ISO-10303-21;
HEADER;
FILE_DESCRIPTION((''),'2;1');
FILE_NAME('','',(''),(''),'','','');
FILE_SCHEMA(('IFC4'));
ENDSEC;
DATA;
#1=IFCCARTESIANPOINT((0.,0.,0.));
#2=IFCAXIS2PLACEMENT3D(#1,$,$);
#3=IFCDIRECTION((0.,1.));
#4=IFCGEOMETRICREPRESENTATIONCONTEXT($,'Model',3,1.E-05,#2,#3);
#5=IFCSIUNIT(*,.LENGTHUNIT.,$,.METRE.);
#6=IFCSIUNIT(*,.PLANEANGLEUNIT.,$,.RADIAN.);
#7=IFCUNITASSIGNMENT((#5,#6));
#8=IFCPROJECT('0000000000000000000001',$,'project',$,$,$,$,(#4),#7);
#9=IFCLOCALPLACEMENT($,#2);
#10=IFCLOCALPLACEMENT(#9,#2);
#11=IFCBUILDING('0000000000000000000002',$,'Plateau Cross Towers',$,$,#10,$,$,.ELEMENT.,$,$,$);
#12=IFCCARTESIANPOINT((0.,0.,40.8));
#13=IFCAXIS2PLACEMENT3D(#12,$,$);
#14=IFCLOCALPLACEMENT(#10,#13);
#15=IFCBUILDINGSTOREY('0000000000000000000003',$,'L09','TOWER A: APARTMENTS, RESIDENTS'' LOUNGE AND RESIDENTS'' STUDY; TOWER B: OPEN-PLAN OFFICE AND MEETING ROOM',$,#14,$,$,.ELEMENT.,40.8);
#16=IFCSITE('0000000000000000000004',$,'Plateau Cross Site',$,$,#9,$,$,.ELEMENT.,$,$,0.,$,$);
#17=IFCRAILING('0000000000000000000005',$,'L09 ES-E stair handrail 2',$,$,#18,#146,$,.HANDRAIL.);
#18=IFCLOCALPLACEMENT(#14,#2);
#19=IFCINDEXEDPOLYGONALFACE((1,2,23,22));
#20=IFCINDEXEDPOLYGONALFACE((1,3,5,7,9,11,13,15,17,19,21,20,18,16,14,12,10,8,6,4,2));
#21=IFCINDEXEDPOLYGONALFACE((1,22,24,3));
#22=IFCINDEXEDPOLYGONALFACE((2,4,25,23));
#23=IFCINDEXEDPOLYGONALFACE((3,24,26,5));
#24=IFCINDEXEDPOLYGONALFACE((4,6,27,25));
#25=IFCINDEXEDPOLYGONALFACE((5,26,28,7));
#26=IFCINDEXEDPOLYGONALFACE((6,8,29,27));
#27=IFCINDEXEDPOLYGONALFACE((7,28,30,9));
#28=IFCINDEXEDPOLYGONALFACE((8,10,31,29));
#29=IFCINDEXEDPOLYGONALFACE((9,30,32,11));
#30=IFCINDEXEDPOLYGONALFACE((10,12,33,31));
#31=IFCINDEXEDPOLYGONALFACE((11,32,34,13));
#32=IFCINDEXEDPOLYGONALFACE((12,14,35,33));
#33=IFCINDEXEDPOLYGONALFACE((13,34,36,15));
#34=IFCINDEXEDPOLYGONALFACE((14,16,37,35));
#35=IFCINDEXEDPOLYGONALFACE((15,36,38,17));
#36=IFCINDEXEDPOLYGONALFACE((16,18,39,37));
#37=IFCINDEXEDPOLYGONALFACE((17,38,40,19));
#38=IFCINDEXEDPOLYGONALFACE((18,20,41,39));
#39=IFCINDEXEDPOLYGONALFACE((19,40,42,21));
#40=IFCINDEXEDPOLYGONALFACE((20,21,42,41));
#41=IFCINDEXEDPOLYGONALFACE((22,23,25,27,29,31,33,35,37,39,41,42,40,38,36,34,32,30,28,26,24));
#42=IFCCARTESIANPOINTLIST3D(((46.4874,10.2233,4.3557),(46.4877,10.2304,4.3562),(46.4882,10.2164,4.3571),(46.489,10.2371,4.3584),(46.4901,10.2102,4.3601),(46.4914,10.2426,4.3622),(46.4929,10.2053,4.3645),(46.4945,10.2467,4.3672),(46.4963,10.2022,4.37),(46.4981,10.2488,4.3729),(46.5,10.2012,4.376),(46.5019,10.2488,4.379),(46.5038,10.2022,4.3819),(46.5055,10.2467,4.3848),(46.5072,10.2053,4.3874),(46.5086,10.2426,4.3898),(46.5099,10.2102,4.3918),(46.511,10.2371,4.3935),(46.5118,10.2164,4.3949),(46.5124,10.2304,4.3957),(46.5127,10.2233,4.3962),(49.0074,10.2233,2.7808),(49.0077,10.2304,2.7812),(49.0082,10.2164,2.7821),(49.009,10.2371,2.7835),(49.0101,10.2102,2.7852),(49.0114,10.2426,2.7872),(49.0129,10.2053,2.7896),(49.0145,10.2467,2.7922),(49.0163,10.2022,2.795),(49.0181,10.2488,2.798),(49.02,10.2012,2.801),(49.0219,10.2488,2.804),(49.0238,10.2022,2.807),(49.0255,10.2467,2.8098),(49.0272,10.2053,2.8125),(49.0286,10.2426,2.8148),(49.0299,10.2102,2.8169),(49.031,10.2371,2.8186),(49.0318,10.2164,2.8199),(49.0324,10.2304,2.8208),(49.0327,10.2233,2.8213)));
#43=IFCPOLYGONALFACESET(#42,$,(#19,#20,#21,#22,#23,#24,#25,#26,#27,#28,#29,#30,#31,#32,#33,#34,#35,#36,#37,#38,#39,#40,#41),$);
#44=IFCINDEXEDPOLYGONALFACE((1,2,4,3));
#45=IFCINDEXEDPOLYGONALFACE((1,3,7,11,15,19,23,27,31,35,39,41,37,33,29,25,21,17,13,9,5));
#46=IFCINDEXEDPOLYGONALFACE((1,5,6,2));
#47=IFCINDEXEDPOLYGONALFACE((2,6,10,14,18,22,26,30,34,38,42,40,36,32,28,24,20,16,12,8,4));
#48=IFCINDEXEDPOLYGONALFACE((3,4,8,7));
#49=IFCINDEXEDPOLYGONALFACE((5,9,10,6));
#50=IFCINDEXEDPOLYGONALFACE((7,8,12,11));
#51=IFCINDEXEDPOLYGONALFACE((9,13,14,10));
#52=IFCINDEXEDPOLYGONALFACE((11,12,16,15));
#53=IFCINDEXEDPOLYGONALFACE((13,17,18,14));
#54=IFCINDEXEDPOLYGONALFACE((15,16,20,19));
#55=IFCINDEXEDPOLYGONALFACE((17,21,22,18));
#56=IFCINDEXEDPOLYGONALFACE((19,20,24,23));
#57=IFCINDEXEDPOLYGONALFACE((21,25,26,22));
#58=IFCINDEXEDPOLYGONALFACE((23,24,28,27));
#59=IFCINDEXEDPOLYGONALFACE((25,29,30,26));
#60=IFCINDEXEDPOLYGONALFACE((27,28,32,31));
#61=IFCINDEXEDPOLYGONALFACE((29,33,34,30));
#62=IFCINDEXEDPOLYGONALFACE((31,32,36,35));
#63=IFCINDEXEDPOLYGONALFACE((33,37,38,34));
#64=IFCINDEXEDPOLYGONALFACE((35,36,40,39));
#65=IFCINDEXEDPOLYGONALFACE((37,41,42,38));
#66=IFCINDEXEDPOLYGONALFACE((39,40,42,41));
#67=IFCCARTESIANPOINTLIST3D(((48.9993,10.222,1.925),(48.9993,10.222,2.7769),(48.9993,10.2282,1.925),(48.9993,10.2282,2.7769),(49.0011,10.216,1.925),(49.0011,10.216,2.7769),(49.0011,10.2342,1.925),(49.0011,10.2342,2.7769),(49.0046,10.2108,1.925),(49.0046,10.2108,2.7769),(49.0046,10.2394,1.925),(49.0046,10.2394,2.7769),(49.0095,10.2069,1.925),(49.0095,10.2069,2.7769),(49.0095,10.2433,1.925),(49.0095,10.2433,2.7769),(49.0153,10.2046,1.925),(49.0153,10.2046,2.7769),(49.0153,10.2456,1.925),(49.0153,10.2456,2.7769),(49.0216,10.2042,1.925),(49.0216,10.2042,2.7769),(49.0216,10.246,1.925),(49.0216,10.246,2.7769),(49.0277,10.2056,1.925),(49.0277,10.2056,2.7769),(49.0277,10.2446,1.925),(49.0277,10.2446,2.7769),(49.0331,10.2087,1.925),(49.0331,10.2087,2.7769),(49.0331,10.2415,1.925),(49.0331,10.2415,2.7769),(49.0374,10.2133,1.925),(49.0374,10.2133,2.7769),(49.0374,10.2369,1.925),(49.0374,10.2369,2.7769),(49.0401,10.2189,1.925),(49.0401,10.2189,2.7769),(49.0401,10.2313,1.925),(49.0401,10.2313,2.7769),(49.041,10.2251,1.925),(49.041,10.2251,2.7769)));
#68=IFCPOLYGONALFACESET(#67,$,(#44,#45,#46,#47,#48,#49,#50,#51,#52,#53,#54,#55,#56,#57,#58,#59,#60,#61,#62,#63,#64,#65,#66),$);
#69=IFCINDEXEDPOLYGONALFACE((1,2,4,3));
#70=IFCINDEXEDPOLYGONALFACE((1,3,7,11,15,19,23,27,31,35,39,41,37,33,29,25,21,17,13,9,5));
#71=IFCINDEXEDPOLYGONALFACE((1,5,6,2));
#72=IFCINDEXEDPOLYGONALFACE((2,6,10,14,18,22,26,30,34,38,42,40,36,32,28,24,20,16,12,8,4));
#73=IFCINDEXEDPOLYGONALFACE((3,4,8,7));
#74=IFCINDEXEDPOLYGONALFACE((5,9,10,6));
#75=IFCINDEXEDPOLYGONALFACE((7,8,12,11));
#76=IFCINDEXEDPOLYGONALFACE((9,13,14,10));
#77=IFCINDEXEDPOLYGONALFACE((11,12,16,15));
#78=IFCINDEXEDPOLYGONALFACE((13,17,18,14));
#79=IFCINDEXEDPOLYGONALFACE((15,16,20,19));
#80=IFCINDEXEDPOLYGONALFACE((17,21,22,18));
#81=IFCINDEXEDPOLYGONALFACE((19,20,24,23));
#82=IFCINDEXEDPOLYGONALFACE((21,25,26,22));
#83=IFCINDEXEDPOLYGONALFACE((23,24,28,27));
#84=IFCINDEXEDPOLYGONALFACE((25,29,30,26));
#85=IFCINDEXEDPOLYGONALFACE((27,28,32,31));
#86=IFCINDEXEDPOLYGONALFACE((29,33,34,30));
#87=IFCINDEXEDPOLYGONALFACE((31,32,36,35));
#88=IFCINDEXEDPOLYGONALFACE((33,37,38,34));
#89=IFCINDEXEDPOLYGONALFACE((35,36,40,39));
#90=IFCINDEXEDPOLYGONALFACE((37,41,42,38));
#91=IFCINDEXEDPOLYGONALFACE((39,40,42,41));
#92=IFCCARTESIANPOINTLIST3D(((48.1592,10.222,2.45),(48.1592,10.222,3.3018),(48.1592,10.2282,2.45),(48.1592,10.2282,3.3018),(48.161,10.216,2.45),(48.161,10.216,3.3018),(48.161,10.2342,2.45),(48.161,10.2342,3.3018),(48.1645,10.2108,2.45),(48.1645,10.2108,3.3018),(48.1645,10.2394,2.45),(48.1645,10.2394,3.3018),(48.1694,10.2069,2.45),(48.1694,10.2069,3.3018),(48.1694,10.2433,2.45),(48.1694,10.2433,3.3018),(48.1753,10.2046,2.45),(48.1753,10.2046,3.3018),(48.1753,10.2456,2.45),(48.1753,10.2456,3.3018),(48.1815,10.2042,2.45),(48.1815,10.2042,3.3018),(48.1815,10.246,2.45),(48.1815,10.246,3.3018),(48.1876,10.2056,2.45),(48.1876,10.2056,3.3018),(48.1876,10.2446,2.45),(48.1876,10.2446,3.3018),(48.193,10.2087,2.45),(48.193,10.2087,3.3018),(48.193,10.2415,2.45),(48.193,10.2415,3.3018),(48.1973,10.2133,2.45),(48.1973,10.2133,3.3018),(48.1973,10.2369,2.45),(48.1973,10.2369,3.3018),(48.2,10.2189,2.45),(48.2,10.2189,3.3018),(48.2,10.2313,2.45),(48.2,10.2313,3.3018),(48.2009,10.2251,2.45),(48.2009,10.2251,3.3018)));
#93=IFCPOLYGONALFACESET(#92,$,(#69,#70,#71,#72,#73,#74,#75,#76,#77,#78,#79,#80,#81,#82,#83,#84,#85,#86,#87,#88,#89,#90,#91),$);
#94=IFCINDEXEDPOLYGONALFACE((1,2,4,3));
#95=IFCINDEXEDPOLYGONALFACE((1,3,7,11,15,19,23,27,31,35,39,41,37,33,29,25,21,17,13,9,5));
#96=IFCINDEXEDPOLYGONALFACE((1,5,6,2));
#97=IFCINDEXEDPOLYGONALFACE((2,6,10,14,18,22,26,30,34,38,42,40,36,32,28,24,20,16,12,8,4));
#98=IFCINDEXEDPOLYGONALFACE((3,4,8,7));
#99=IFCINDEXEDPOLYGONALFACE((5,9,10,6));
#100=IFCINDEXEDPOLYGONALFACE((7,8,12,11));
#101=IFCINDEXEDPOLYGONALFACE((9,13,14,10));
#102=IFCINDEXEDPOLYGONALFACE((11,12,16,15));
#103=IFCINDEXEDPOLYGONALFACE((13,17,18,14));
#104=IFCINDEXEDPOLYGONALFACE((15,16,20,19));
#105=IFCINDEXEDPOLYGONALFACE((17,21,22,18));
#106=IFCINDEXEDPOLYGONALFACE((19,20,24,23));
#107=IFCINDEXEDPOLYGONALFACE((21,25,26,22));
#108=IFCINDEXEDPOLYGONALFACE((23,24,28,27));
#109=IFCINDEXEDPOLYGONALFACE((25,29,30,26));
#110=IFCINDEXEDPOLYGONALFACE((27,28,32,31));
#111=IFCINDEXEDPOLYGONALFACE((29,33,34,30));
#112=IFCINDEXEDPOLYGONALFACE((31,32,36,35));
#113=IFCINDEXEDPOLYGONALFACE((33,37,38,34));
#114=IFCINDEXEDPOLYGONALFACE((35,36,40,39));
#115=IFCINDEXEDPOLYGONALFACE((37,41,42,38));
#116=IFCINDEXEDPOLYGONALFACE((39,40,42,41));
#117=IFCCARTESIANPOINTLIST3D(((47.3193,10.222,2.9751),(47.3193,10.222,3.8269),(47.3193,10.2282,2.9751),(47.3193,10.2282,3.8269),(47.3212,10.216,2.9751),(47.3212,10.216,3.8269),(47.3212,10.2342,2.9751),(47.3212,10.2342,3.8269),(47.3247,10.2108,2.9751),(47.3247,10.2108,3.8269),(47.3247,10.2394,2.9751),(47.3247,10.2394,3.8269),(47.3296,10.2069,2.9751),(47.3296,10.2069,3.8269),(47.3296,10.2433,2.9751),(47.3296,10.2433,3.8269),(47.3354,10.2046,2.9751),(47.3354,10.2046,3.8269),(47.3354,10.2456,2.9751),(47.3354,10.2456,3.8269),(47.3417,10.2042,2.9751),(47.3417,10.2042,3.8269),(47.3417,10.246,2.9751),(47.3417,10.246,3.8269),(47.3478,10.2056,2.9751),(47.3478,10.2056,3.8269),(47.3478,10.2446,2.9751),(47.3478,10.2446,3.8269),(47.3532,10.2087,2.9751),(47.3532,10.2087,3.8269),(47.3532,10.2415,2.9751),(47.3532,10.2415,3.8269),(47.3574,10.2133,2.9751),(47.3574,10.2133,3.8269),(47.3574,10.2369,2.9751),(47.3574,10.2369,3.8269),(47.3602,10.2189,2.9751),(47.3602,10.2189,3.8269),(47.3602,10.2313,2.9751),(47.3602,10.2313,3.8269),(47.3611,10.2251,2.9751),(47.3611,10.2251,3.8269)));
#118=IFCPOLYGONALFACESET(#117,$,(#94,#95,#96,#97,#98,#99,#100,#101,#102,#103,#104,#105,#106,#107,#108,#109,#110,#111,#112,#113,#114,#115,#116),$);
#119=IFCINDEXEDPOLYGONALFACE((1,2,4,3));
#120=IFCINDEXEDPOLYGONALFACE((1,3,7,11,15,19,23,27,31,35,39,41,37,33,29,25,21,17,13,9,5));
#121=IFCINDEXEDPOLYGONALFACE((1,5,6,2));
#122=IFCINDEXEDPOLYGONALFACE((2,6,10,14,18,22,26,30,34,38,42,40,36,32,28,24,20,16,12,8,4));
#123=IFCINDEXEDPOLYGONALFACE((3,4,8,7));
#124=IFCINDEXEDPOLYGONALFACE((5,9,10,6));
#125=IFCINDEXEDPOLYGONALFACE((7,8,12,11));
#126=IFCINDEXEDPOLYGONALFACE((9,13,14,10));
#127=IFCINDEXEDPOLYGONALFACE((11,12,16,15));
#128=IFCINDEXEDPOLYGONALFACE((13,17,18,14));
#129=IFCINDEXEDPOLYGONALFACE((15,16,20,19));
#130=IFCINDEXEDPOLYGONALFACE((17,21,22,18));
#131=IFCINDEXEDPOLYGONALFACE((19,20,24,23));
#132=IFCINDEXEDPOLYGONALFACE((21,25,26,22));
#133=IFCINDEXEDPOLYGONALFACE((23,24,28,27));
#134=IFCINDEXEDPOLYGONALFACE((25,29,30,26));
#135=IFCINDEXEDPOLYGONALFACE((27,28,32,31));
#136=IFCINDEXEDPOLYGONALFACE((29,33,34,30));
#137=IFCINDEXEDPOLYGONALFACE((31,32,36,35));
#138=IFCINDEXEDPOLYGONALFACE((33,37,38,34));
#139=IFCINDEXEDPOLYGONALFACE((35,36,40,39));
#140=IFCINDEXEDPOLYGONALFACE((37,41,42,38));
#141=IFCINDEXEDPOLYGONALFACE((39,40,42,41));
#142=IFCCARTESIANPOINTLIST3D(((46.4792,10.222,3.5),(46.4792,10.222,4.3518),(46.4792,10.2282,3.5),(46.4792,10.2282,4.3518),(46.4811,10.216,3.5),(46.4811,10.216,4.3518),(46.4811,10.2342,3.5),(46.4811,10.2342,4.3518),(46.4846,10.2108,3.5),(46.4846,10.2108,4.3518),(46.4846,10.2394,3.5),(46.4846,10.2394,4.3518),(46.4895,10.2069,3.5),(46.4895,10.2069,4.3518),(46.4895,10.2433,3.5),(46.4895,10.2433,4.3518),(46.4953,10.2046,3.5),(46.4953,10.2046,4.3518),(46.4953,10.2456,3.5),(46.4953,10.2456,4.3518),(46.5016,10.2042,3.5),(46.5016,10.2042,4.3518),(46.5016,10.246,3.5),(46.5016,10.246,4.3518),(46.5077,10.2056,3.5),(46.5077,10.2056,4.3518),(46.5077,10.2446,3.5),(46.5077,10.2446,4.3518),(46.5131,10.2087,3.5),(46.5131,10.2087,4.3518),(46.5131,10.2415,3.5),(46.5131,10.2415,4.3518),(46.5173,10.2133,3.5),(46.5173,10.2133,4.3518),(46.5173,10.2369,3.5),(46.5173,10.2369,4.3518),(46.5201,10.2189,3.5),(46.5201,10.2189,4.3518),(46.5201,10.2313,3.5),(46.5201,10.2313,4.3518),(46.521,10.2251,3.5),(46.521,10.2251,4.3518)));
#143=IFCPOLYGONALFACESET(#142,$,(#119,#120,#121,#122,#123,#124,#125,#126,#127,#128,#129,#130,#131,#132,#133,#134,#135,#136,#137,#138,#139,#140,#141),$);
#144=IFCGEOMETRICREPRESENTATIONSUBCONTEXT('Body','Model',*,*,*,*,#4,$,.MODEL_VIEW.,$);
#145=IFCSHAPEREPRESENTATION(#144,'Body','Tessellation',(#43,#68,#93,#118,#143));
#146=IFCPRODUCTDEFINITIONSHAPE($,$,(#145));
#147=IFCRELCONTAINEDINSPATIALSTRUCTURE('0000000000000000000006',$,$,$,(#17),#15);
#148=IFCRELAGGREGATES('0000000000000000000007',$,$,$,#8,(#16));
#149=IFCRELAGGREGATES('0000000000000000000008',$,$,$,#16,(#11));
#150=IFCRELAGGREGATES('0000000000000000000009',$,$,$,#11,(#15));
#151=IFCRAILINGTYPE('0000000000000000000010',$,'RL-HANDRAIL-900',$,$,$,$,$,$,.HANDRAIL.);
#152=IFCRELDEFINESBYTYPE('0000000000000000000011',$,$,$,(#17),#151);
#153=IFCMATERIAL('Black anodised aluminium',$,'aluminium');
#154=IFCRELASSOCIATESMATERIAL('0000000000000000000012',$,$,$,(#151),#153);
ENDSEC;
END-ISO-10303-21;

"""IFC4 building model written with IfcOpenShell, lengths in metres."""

from ifc_helpers import new_model, si_unit, direction, frame, origin, origin_2d, place, context, subcontext, project, spatial, circle, extrude, material, type_object, element, save


model = new_model("IFC4")

# Units and contexts
model_context = context("Model", 3, precision=1e-05, world=origin(), true_north=direction((0.0, 1.0)))
body_context = subcontext(model_context, "Body", "Model", "MODEL_VIEW")
ifc_project = project(units=[si_unit("LENGTHUNIT", "METRE"), si_unit("PLANEANGLEUNIT", "RADIAN")], contexts=[model_context])

# Site, building, storey
site_placement = place(None, origin())
site = spatial("IfcSite", under=ifc_project, at=site_placement, Name="Plateau Cross Site", CompositionType="ELEMENT", RefElevation=0.0)
building_placement = place(site_placement, origin())
building = spatial("IfcBuilding", under=site, at=building_placement, Name="Plateau Cross Towers", CompositionType="ELEMENT")
storey_placement = place(building_placement, frame((0.0, 0.0, 40.8)))
storey = spatial("IfcBuildingStorey", under=building, at=storey_placement, Name="L09", Description="TOWER A: APARTMENTS, RESIDENTS' LOUNGE AND RESIDENTS' STUDY; TOWER B: OPEN-PLAN OFFICE AND MEETING ROOM", CompositionType="ELEMENT", Elevation=40.8)

# Shared definitions
ifc_material_1 = material(Name="Black anodised aluminium", Category="aluminium")

# Railing
railing_type_1 = type_object("IfcRailingType", Name="RL-HANDRAIL-900", PredefinedType="HANDRAIL", material=ifc_material_1)
railing_1_placement = place(storey_placement, frame((49.02, 10.2251, 1.925)))
element("IfcRailing", 1, at=railing_1_placement, inside=storey, type_object=railing_type_1, Name="L09 ES-E stair handrail 2", PredefinedType="HANDRAIL", context=body_context, shape_type="SweptSolid", body=[
    extrude(circle(Radius=0.0239, at=origin_2d()), frame((0.0, 0.0, 0.876), z_axis=(-0.848008, 0.0, 0.529984), x_axis=(0.0, -1.0, 0.0)), (0.0, 0.0, 1.0), 2.9717),
    extrude(circle(Radius=0.021, at=origin_2d()), origin(), (0.0, 0.0, 1.0), 0.8518),
    extrude(circle(Radius=0.021, at=origin_2d()), frame((-0.8401, 0.0, 0.5249)), (0.0, 0.0, 1.0), 0.8518),
    extrude(circle(Radius=0.021, at=origin_2d()), frame((-1.6799, 0.0, 1.05)), (0.0, 0.0, 1.0), 0.8518),
    extrude(circle(Radius=0.021, at=origin_2d()), frame((-2.52, 0.0, 1.575)), (0.0, 0.0, 1.0), 0.8518),
])

save(model, "model.ifc")
